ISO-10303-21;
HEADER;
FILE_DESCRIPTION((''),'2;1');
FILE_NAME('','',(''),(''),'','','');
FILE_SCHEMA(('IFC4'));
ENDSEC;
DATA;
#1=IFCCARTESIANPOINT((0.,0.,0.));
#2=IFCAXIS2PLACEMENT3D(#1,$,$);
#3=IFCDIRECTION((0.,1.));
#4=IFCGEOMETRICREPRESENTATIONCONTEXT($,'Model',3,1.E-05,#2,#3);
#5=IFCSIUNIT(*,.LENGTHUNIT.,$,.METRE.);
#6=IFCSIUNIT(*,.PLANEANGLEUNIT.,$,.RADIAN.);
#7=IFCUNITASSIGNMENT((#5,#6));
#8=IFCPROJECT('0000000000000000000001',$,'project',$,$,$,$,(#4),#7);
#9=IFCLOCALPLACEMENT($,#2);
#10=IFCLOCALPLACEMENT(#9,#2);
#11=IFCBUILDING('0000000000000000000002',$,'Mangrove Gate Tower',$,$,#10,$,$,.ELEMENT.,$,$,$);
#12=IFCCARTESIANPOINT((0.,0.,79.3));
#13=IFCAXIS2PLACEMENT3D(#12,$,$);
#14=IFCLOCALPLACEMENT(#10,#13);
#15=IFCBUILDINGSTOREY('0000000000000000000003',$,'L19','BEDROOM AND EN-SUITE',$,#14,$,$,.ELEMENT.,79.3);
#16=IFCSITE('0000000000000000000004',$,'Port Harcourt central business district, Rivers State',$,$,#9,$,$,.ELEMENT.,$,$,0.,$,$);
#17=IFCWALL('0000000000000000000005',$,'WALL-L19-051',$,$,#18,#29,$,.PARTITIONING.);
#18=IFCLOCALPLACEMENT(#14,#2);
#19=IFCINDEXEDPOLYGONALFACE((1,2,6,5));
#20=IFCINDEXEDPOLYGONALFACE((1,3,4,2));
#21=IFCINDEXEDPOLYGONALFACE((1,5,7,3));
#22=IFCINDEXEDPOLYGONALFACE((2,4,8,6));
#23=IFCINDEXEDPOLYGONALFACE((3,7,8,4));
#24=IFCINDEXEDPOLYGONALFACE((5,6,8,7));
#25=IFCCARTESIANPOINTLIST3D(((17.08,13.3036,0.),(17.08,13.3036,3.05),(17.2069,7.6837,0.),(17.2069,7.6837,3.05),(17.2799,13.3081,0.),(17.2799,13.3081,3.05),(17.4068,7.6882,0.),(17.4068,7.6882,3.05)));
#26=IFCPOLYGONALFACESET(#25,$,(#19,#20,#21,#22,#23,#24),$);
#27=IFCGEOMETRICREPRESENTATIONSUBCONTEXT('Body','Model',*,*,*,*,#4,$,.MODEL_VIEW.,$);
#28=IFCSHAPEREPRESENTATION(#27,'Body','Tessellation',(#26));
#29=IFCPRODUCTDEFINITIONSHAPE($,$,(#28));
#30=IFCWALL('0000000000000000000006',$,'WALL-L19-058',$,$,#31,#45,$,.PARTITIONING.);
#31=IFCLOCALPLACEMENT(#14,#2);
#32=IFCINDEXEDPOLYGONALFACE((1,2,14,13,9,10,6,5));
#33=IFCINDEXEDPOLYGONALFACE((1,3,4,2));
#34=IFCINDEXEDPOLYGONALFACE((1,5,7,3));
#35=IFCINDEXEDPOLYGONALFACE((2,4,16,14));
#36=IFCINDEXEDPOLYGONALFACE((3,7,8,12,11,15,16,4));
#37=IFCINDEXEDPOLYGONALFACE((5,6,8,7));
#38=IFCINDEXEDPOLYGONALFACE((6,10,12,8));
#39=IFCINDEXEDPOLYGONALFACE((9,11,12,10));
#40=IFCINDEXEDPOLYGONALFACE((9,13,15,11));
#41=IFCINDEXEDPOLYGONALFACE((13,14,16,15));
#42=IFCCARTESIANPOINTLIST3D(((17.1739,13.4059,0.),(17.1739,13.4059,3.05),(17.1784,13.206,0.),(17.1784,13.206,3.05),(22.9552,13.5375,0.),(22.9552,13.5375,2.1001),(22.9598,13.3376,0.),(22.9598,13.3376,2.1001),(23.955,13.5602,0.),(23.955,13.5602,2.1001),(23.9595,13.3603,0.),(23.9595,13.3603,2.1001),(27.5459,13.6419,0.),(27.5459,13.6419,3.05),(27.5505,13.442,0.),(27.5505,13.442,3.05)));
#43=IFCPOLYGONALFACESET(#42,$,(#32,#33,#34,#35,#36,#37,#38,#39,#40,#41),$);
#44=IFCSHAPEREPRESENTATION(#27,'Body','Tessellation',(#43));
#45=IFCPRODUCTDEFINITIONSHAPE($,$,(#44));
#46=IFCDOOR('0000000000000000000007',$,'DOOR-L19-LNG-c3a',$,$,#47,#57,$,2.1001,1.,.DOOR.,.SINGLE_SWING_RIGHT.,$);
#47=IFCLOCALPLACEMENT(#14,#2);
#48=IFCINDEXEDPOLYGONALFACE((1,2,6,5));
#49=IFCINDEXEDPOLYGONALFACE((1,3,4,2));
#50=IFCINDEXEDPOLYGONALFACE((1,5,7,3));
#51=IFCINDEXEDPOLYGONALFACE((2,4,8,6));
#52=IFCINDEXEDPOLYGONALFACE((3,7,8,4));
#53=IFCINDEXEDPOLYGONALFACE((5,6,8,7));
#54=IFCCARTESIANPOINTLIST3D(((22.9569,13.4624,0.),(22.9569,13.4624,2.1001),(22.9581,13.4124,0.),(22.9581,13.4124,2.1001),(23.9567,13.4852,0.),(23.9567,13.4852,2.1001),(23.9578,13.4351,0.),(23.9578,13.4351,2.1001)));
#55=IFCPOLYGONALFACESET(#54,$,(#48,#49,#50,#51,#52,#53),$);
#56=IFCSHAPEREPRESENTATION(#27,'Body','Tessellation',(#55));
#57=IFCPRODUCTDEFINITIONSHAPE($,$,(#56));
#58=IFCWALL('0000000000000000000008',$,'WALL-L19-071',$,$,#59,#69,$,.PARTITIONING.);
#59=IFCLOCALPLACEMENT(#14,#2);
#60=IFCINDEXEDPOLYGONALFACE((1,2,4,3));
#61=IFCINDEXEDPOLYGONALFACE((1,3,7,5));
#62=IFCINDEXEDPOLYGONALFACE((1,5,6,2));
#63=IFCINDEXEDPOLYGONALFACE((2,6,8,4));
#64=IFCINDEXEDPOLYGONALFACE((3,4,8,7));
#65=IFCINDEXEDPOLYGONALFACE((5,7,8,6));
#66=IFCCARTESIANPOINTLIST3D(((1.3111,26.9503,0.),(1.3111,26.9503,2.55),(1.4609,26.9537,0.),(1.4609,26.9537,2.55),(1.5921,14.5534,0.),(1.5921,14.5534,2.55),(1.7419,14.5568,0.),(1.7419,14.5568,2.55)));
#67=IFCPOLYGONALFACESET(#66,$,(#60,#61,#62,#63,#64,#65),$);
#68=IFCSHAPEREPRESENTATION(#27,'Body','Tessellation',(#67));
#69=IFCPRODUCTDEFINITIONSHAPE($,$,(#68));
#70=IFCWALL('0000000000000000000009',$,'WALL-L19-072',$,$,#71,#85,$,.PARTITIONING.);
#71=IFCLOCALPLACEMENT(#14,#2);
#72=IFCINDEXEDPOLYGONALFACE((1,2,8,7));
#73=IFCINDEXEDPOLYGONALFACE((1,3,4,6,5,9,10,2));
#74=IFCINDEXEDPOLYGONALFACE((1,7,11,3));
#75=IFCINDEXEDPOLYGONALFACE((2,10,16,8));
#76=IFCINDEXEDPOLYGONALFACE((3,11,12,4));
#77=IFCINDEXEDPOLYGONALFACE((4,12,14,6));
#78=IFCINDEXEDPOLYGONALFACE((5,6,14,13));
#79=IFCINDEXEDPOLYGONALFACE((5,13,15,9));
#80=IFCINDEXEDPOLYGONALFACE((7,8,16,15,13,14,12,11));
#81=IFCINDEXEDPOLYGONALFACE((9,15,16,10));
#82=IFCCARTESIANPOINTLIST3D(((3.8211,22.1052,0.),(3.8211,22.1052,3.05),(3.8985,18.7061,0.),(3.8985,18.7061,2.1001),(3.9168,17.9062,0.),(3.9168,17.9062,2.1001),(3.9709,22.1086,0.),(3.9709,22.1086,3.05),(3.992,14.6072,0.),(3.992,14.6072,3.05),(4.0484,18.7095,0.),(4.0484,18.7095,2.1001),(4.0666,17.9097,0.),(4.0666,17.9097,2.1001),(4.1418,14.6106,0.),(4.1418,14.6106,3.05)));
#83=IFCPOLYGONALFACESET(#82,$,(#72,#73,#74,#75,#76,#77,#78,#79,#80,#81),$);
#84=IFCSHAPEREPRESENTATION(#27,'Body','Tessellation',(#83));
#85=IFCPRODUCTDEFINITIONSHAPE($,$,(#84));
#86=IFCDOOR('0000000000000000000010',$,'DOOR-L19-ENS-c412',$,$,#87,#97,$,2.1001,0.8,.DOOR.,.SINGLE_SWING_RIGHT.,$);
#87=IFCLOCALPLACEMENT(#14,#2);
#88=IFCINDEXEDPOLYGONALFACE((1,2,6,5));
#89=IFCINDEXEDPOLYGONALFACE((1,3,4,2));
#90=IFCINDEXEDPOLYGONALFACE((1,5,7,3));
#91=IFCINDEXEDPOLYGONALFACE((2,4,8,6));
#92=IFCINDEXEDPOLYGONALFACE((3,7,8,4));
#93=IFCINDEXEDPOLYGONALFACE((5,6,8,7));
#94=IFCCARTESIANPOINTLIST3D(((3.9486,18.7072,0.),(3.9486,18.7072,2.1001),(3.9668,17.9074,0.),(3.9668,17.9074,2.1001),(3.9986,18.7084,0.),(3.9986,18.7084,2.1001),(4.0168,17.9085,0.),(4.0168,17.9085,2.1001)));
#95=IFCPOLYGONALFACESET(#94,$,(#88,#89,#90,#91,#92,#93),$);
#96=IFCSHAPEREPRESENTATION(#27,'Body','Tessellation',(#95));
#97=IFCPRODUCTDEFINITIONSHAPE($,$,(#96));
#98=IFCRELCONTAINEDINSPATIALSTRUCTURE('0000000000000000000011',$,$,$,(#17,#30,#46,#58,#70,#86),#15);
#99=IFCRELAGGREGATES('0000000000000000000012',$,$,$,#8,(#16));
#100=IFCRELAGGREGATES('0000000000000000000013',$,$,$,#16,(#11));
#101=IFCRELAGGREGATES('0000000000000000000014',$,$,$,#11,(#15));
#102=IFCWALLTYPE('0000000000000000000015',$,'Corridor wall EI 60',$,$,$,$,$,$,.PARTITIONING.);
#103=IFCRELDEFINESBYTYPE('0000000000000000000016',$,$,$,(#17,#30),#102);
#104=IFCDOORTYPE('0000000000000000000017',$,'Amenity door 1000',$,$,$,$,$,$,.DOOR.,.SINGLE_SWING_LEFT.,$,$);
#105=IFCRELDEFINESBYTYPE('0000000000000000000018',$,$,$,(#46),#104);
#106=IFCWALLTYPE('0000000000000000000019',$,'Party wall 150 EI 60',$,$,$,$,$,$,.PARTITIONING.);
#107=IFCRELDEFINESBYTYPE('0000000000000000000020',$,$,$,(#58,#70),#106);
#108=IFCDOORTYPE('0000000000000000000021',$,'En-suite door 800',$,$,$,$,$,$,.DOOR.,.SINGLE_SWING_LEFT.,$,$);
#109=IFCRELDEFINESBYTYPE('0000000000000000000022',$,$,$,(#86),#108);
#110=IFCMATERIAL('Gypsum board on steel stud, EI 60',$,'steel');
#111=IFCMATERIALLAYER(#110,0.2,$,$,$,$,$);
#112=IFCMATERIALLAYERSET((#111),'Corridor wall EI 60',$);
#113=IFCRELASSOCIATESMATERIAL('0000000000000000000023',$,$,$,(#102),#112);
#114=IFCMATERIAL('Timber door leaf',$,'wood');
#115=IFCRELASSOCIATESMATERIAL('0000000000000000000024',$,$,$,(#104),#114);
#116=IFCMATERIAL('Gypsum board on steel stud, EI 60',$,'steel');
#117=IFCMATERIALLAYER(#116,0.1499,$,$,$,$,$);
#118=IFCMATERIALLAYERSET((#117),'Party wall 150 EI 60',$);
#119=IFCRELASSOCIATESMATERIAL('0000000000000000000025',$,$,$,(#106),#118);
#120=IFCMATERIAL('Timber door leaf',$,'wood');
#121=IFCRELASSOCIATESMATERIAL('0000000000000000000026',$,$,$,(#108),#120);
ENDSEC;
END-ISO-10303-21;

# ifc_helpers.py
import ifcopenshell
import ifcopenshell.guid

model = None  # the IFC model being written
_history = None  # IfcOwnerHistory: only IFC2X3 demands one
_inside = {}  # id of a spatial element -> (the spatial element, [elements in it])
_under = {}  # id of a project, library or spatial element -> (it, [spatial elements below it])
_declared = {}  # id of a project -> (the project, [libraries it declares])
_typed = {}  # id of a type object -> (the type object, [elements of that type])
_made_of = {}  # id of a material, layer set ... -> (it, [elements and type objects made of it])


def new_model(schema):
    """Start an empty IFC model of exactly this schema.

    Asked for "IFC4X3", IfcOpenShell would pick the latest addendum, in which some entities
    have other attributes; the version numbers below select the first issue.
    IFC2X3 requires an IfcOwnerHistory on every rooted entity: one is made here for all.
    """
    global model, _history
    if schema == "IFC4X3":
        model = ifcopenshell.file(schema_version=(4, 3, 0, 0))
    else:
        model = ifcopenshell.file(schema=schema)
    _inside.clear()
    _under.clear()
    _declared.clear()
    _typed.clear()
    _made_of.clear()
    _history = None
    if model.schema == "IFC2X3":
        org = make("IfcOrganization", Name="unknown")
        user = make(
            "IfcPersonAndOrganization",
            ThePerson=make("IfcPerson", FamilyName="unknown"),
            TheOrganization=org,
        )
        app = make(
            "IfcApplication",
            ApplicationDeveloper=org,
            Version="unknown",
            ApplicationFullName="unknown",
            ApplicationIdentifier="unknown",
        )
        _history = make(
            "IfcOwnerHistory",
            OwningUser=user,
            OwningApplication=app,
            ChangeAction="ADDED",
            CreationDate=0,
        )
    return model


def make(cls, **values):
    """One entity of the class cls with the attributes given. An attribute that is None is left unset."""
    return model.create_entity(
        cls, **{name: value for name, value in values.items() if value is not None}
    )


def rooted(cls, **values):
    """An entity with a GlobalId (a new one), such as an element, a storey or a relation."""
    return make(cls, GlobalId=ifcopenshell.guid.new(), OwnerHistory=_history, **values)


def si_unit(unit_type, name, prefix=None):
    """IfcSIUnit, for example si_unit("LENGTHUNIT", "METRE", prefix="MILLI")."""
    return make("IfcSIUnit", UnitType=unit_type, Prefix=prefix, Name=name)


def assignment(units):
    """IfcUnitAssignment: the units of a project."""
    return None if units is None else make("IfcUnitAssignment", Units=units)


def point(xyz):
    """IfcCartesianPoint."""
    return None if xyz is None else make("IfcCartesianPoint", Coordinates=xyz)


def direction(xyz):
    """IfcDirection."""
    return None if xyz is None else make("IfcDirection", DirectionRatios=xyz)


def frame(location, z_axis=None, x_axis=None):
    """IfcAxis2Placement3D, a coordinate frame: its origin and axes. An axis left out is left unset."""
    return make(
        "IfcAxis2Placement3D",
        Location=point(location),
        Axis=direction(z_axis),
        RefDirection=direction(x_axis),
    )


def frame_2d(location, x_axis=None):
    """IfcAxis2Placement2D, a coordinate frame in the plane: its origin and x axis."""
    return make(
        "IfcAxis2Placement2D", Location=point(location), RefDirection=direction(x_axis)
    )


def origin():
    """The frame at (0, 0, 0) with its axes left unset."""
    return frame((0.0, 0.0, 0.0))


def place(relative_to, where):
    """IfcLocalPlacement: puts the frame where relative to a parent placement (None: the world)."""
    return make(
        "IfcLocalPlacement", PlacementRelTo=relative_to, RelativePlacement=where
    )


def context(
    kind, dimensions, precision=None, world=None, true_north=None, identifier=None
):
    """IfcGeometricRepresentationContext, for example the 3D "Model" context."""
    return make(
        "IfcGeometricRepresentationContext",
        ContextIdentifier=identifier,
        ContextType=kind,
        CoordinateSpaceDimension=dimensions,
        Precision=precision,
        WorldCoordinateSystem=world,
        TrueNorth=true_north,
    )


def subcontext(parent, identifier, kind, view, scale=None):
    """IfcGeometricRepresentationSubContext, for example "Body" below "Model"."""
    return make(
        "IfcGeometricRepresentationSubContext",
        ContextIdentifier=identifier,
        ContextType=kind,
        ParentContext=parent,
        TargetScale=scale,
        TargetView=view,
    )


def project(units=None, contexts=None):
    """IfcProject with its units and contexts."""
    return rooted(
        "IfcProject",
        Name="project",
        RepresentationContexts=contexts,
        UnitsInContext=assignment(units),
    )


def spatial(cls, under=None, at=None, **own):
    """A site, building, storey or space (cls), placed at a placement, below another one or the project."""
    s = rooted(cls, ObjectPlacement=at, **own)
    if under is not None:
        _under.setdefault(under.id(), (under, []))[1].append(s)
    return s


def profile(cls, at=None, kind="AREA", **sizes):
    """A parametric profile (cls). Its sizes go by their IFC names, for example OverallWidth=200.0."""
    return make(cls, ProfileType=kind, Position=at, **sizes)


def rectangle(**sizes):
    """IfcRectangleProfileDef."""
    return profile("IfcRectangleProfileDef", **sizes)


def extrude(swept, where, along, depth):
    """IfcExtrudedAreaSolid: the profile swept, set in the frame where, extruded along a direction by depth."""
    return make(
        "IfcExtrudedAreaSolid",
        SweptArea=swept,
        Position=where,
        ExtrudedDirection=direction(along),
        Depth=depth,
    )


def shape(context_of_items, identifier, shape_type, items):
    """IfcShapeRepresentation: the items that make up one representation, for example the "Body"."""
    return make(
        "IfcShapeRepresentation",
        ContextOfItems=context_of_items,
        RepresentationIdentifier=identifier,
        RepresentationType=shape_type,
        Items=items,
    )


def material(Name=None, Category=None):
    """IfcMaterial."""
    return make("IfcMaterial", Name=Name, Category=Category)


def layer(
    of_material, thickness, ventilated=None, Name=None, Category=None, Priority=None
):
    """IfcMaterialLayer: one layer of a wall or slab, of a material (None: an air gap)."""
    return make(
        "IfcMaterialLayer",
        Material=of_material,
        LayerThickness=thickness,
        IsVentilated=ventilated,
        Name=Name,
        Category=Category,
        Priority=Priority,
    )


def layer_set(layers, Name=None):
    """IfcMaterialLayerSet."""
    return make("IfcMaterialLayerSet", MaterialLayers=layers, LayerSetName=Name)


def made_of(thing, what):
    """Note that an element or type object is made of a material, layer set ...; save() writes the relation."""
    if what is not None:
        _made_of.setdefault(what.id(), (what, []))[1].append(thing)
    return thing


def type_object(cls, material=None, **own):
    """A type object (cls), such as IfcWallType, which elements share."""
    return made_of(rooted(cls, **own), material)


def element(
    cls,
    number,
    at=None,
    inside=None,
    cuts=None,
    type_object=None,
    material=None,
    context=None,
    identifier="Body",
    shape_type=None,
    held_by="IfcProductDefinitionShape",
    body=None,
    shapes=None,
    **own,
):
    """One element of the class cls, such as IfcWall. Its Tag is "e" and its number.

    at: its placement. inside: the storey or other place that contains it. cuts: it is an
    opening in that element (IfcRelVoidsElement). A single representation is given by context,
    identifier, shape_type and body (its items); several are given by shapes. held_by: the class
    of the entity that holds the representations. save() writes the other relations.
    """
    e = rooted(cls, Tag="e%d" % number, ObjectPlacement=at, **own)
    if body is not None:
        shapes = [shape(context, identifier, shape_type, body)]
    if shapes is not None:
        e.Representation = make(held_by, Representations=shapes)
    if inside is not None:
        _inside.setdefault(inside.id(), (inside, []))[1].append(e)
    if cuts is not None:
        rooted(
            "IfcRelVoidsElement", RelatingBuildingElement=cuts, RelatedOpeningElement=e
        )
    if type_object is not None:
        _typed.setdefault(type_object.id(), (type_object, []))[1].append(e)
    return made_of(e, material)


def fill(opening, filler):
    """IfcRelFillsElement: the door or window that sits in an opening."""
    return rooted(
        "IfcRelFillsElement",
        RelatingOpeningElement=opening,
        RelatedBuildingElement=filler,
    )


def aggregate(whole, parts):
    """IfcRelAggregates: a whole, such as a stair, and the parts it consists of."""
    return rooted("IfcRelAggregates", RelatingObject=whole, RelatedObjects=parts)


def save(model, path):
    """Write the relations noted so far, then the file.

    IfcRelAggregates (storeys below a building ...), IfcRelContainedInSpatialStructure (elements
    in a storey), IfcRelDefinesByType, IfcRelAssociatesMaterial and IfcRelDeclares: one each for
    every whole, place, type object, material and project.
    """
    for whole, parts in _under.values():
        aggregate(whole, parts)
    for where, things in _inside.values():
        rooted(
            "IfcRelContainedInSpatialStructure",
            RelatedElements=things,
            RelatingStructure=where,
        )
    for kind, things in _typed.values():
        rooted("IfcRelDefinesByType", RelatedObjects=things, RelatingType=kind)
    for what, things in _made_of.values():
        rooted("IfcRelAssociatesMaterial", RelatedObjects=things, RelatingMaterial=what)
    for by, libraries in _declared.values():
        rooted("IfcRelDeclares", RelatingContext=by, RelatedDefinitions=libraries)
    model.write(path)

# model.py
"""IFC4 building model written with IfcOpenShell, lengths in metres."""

from ifc_helpers import new_model, si_unit, direction, frame, frame_2d, origin, place, context, subcontext, project, spatial, rectangle, extrude, material, layer, layer_set, type_object, element, fill, save


model = new_model("IFC4")

# Units and contexts
model_context = context("Model", 3, precision=1e-05, world=origin(), true_north=direction((0.0, 1.0)))
body_context = subcontext(model_context, "Body", "Model", "MODEL_VIEW")
ifc_project = project(units=[si_unit("LENGTHUNIT", "METRE"), si_unit("PLANEANGLEUNIT", "RADIAN")], contexts=[model_context])

# Site, building, storey
site_placement = place(None, origin())
site = spatial("IfcSite", under=ifc_project, at=site_placement, Name="Port Harcourt central business district, Rivers State", CompositionType="ELEMENT", RefElevation=0.0)
building_placement = place(site_placement, origin())
building = spatial("IfcBuilding", under=site, at=building_placement, Name="Mangrove Gate Tower", CompositionType="ELEMENT")
storey_placement = place(building_placement, frame((0.0, 0.0, 79.3)))
storey = spatial("IfcBuildingStorey", under=building, at=storey_placement, Name="L19", Description="BEDROOM AND EN-SUITE", CompositionType="ELEMENT", Elevation=79.3)

# Wall
ifc_material_1 = material(Name="Gypsum board on steel stud, EI 60", Category="steel")
ifc_layer_1 = layer(ifc_material_1, 0.2)
ifc_layer_set_1 = layer_set([ifc_layer_1], Name="Corridor wall EI 60")
wall_type_1 = type_object("IfcWallType", Name="Corridor wall EI 60", PredefinedType="PARTITIONING", material=ifc_layer_set_1)
wall_1_placement = place(storey_placement, frame((17.3069, 7.686, 0.0), z_axis=(0.0, 0.0, 1.0), x_axis=(-0.022584, 0.999745, 0.0)))
element("IfcWall", 1, at=wall_1_placement, inside=storey, type_object=wall_type_1, Name="WALL-L19-051", PredefinedType="PARTITIONING", context=body_context, shape_type="SweptSolid", body=[
    extrude(rectangle(XDim=5.6213, YDim=0.2, at=frame_2d((2.8105, 0.0))), origin(), (0.0, 0.0, 1.0), 3.05),
])

# Wall, opening, door
wall_2_placement = place(storey_placement, frame((17.176, 13.3059, 0.0), z_axis=(0.0, 0.0, 1.0), x_axis=(0.999741, 0.022756, 0.0)))
wall_2 = element("IfcWall", 2, at=wall_2_placement, inside=storey, type_object=wall_type_1, Name="WALL-L19-058", PredefinedType="PARTITIONING", context=body_context, shape_type="SweptSolid", body=[
    extrude(rectangle(XDim=10.3748, YDim=0.2, at=frame_2d((5.1875, 0.0))), origin(), (0.0, 0.0, 1.0), 3.05),
])
opening_1_placement = place(wall_2_placement, frame((5.783, 0.0, 0.0)))
opening_1 = element("IfcOpeningElement", 3, at=opening_1_placement, cuts=wall_2, PredefinedType="OPENING", context=body_context, shape_type="SweptSolid", body=[
    extrude(rectangle(XDim=1.0, YDim=2.1001, at=frame_2d((0.5, 1.05))), frame((0.0, 0.1099, 0.0), z_axis=(0.0, -1.0, 0.0), x_axis=(1.0, 0.0, 0.0)), (0.0, 0.0, 1.0), 0.22),
])
ifc_material_2 = material(Name="Timber door leaf", Category="wood")
door_type_1 = type_object("IfcDoorType", Name="Amenity door 1000", OperationType="SINGLE_SWING_LEFT", PredefinedType="DOOR", material=ifc_material_2)
door_1_placement = place(opening_1_placement, origin())
door_1 = element("IfcDoor", 4, at=door_1_placement, inside=storey, type_object=door_type_1, Name="DOOR-L19-LNG-c3a", OperationType="SINGLE_SWING_RIGHT", OverallHeight=2.1001, OverallWidth=1.0, PredefinedType="DOOR", context=body_context, shape_type="SweptSolid", body=[
    extrude(rectangle(XDim=1.0, YDim=2.1001, at=frame_2d((0.5, 1.05))), frame((0.0, 0.0249, 0.0), z_axis=(0.0, -1.0, 0.0), x_axis=(1.0, 0.0, 0.0)), (0.0, 0.0, 1.0), 0.05),
])
fill(opening_1, door_1)

# Wall
ifc_material_3 = material(Name="Gypsum board on steel stud, EI 60", Category="steel")
ifc_layer_2 = layer(ifc_material_3, 0.1499)
ifc_layer_set_2 = layer_set([ifc_layer_2], Name="Party wall 150 EI 60")
wall_type_2 = type_object("IfcWallType", Name="Party wall 150 EI 60", PredefinedType="PARTITIONING", material=ifc_layer_set_2)
wall_3_placement = place(storey_placement, frame((1.667, 14.5549, 0.0), z_axis=(0.0, 0.0, 1.0), x_axis=(-0.022661, 0.999743, 0.0)))
element("IfcWall", 5, at=wall_3_placement, inside=storey, type_object=wall_type_2, Name="WALL-L19-071", PredefinedType="PARTITIONING", context=body_context, shape_type="SweptSolid", body=[
    extrude(rectangle(XDim=12.4001, YDim=0.1499, at=frame_2d((6.2002, 0.0))), origin(), (0.0, 0.0, 1.0), 2.55),
])

# Wall, opening, door
wall_4_placement = place(storey_placement, frame((4.0669, 14.6089, 0.0), z_axis=(0.0, 0.0, 1.0), x_axis=(-0.022786, 0.99974, 0.0)))
wall_4 = element("IfcWall", 6, at=wall_4_placement, inside=storey, type_object=wall_type_2, Name="WALL-L19-072", PredefinedType="PARTITIONING", context=body_context, shape_type="SweptSolid", body=[
    extrude(rectangle(XDim=7.5, YDim=0.1499, at=frame_2d((3.75, 0.0))), origin(), (0.0, 0.0, 1.0), 3.05),
])
opening_2_placement = place(wall_4_placement, frame((3.3, 0.0, 0.0)))
opening_2 = element("IfcOpeningElement", 7, at=opening_2_placement, cuts=wall_4, PredefinedType="OPENING", context=body_context, shape_type="SweptSolid", body=[
    extrude(rectangle(XDim=0.8, YDim=2.1001, at=frame_2d((0.3999, 1.05))), frame((0.0, 0.085, 0.0), z_axis=(0.0, -1.0, 0.0), x_axis=(1.0, 0.0, 0.0)), (0.0, 0.0, 1.0), 0.1699),
])
ifc_material_4 = material(Name="Timber door leaf", Category="wood")
door_type_2 = type_object("IfcDoorType", Name="En-suite door 800", OperationType="SINGLE_SWING_LEFT", PredefinedType="DOOR", material=ifc_material_4)
door_2_placement = place(opening_2_placement, origin())
door_2 = element("IfcDoor", 8, at=door_2_placement, inside=storey, type_object=door_type_2, Name="DOOR-L19-ENS-c412", OperationType="SINGLE_SWING_RIGHT", OverallHeight=2.1001, OverallWidth=0.8, PredefinedType="DOOR", context=body_context, shape_type="SweptSolid", body=[
    extrude(rectangle(XDim=0.8, YDim=2.1001, at=frame_2d((0.3999, 1.05))), frame((0.0, 0.0249, 0.0), z_axis=(0.0, -1.0, 0.0), x_axis=(1.0, 0.0, 0.0)), (0.0, 0.0, 1.0), 0.05),
])
fill(opening_2, door_2)

save(model, "model.ifc")
